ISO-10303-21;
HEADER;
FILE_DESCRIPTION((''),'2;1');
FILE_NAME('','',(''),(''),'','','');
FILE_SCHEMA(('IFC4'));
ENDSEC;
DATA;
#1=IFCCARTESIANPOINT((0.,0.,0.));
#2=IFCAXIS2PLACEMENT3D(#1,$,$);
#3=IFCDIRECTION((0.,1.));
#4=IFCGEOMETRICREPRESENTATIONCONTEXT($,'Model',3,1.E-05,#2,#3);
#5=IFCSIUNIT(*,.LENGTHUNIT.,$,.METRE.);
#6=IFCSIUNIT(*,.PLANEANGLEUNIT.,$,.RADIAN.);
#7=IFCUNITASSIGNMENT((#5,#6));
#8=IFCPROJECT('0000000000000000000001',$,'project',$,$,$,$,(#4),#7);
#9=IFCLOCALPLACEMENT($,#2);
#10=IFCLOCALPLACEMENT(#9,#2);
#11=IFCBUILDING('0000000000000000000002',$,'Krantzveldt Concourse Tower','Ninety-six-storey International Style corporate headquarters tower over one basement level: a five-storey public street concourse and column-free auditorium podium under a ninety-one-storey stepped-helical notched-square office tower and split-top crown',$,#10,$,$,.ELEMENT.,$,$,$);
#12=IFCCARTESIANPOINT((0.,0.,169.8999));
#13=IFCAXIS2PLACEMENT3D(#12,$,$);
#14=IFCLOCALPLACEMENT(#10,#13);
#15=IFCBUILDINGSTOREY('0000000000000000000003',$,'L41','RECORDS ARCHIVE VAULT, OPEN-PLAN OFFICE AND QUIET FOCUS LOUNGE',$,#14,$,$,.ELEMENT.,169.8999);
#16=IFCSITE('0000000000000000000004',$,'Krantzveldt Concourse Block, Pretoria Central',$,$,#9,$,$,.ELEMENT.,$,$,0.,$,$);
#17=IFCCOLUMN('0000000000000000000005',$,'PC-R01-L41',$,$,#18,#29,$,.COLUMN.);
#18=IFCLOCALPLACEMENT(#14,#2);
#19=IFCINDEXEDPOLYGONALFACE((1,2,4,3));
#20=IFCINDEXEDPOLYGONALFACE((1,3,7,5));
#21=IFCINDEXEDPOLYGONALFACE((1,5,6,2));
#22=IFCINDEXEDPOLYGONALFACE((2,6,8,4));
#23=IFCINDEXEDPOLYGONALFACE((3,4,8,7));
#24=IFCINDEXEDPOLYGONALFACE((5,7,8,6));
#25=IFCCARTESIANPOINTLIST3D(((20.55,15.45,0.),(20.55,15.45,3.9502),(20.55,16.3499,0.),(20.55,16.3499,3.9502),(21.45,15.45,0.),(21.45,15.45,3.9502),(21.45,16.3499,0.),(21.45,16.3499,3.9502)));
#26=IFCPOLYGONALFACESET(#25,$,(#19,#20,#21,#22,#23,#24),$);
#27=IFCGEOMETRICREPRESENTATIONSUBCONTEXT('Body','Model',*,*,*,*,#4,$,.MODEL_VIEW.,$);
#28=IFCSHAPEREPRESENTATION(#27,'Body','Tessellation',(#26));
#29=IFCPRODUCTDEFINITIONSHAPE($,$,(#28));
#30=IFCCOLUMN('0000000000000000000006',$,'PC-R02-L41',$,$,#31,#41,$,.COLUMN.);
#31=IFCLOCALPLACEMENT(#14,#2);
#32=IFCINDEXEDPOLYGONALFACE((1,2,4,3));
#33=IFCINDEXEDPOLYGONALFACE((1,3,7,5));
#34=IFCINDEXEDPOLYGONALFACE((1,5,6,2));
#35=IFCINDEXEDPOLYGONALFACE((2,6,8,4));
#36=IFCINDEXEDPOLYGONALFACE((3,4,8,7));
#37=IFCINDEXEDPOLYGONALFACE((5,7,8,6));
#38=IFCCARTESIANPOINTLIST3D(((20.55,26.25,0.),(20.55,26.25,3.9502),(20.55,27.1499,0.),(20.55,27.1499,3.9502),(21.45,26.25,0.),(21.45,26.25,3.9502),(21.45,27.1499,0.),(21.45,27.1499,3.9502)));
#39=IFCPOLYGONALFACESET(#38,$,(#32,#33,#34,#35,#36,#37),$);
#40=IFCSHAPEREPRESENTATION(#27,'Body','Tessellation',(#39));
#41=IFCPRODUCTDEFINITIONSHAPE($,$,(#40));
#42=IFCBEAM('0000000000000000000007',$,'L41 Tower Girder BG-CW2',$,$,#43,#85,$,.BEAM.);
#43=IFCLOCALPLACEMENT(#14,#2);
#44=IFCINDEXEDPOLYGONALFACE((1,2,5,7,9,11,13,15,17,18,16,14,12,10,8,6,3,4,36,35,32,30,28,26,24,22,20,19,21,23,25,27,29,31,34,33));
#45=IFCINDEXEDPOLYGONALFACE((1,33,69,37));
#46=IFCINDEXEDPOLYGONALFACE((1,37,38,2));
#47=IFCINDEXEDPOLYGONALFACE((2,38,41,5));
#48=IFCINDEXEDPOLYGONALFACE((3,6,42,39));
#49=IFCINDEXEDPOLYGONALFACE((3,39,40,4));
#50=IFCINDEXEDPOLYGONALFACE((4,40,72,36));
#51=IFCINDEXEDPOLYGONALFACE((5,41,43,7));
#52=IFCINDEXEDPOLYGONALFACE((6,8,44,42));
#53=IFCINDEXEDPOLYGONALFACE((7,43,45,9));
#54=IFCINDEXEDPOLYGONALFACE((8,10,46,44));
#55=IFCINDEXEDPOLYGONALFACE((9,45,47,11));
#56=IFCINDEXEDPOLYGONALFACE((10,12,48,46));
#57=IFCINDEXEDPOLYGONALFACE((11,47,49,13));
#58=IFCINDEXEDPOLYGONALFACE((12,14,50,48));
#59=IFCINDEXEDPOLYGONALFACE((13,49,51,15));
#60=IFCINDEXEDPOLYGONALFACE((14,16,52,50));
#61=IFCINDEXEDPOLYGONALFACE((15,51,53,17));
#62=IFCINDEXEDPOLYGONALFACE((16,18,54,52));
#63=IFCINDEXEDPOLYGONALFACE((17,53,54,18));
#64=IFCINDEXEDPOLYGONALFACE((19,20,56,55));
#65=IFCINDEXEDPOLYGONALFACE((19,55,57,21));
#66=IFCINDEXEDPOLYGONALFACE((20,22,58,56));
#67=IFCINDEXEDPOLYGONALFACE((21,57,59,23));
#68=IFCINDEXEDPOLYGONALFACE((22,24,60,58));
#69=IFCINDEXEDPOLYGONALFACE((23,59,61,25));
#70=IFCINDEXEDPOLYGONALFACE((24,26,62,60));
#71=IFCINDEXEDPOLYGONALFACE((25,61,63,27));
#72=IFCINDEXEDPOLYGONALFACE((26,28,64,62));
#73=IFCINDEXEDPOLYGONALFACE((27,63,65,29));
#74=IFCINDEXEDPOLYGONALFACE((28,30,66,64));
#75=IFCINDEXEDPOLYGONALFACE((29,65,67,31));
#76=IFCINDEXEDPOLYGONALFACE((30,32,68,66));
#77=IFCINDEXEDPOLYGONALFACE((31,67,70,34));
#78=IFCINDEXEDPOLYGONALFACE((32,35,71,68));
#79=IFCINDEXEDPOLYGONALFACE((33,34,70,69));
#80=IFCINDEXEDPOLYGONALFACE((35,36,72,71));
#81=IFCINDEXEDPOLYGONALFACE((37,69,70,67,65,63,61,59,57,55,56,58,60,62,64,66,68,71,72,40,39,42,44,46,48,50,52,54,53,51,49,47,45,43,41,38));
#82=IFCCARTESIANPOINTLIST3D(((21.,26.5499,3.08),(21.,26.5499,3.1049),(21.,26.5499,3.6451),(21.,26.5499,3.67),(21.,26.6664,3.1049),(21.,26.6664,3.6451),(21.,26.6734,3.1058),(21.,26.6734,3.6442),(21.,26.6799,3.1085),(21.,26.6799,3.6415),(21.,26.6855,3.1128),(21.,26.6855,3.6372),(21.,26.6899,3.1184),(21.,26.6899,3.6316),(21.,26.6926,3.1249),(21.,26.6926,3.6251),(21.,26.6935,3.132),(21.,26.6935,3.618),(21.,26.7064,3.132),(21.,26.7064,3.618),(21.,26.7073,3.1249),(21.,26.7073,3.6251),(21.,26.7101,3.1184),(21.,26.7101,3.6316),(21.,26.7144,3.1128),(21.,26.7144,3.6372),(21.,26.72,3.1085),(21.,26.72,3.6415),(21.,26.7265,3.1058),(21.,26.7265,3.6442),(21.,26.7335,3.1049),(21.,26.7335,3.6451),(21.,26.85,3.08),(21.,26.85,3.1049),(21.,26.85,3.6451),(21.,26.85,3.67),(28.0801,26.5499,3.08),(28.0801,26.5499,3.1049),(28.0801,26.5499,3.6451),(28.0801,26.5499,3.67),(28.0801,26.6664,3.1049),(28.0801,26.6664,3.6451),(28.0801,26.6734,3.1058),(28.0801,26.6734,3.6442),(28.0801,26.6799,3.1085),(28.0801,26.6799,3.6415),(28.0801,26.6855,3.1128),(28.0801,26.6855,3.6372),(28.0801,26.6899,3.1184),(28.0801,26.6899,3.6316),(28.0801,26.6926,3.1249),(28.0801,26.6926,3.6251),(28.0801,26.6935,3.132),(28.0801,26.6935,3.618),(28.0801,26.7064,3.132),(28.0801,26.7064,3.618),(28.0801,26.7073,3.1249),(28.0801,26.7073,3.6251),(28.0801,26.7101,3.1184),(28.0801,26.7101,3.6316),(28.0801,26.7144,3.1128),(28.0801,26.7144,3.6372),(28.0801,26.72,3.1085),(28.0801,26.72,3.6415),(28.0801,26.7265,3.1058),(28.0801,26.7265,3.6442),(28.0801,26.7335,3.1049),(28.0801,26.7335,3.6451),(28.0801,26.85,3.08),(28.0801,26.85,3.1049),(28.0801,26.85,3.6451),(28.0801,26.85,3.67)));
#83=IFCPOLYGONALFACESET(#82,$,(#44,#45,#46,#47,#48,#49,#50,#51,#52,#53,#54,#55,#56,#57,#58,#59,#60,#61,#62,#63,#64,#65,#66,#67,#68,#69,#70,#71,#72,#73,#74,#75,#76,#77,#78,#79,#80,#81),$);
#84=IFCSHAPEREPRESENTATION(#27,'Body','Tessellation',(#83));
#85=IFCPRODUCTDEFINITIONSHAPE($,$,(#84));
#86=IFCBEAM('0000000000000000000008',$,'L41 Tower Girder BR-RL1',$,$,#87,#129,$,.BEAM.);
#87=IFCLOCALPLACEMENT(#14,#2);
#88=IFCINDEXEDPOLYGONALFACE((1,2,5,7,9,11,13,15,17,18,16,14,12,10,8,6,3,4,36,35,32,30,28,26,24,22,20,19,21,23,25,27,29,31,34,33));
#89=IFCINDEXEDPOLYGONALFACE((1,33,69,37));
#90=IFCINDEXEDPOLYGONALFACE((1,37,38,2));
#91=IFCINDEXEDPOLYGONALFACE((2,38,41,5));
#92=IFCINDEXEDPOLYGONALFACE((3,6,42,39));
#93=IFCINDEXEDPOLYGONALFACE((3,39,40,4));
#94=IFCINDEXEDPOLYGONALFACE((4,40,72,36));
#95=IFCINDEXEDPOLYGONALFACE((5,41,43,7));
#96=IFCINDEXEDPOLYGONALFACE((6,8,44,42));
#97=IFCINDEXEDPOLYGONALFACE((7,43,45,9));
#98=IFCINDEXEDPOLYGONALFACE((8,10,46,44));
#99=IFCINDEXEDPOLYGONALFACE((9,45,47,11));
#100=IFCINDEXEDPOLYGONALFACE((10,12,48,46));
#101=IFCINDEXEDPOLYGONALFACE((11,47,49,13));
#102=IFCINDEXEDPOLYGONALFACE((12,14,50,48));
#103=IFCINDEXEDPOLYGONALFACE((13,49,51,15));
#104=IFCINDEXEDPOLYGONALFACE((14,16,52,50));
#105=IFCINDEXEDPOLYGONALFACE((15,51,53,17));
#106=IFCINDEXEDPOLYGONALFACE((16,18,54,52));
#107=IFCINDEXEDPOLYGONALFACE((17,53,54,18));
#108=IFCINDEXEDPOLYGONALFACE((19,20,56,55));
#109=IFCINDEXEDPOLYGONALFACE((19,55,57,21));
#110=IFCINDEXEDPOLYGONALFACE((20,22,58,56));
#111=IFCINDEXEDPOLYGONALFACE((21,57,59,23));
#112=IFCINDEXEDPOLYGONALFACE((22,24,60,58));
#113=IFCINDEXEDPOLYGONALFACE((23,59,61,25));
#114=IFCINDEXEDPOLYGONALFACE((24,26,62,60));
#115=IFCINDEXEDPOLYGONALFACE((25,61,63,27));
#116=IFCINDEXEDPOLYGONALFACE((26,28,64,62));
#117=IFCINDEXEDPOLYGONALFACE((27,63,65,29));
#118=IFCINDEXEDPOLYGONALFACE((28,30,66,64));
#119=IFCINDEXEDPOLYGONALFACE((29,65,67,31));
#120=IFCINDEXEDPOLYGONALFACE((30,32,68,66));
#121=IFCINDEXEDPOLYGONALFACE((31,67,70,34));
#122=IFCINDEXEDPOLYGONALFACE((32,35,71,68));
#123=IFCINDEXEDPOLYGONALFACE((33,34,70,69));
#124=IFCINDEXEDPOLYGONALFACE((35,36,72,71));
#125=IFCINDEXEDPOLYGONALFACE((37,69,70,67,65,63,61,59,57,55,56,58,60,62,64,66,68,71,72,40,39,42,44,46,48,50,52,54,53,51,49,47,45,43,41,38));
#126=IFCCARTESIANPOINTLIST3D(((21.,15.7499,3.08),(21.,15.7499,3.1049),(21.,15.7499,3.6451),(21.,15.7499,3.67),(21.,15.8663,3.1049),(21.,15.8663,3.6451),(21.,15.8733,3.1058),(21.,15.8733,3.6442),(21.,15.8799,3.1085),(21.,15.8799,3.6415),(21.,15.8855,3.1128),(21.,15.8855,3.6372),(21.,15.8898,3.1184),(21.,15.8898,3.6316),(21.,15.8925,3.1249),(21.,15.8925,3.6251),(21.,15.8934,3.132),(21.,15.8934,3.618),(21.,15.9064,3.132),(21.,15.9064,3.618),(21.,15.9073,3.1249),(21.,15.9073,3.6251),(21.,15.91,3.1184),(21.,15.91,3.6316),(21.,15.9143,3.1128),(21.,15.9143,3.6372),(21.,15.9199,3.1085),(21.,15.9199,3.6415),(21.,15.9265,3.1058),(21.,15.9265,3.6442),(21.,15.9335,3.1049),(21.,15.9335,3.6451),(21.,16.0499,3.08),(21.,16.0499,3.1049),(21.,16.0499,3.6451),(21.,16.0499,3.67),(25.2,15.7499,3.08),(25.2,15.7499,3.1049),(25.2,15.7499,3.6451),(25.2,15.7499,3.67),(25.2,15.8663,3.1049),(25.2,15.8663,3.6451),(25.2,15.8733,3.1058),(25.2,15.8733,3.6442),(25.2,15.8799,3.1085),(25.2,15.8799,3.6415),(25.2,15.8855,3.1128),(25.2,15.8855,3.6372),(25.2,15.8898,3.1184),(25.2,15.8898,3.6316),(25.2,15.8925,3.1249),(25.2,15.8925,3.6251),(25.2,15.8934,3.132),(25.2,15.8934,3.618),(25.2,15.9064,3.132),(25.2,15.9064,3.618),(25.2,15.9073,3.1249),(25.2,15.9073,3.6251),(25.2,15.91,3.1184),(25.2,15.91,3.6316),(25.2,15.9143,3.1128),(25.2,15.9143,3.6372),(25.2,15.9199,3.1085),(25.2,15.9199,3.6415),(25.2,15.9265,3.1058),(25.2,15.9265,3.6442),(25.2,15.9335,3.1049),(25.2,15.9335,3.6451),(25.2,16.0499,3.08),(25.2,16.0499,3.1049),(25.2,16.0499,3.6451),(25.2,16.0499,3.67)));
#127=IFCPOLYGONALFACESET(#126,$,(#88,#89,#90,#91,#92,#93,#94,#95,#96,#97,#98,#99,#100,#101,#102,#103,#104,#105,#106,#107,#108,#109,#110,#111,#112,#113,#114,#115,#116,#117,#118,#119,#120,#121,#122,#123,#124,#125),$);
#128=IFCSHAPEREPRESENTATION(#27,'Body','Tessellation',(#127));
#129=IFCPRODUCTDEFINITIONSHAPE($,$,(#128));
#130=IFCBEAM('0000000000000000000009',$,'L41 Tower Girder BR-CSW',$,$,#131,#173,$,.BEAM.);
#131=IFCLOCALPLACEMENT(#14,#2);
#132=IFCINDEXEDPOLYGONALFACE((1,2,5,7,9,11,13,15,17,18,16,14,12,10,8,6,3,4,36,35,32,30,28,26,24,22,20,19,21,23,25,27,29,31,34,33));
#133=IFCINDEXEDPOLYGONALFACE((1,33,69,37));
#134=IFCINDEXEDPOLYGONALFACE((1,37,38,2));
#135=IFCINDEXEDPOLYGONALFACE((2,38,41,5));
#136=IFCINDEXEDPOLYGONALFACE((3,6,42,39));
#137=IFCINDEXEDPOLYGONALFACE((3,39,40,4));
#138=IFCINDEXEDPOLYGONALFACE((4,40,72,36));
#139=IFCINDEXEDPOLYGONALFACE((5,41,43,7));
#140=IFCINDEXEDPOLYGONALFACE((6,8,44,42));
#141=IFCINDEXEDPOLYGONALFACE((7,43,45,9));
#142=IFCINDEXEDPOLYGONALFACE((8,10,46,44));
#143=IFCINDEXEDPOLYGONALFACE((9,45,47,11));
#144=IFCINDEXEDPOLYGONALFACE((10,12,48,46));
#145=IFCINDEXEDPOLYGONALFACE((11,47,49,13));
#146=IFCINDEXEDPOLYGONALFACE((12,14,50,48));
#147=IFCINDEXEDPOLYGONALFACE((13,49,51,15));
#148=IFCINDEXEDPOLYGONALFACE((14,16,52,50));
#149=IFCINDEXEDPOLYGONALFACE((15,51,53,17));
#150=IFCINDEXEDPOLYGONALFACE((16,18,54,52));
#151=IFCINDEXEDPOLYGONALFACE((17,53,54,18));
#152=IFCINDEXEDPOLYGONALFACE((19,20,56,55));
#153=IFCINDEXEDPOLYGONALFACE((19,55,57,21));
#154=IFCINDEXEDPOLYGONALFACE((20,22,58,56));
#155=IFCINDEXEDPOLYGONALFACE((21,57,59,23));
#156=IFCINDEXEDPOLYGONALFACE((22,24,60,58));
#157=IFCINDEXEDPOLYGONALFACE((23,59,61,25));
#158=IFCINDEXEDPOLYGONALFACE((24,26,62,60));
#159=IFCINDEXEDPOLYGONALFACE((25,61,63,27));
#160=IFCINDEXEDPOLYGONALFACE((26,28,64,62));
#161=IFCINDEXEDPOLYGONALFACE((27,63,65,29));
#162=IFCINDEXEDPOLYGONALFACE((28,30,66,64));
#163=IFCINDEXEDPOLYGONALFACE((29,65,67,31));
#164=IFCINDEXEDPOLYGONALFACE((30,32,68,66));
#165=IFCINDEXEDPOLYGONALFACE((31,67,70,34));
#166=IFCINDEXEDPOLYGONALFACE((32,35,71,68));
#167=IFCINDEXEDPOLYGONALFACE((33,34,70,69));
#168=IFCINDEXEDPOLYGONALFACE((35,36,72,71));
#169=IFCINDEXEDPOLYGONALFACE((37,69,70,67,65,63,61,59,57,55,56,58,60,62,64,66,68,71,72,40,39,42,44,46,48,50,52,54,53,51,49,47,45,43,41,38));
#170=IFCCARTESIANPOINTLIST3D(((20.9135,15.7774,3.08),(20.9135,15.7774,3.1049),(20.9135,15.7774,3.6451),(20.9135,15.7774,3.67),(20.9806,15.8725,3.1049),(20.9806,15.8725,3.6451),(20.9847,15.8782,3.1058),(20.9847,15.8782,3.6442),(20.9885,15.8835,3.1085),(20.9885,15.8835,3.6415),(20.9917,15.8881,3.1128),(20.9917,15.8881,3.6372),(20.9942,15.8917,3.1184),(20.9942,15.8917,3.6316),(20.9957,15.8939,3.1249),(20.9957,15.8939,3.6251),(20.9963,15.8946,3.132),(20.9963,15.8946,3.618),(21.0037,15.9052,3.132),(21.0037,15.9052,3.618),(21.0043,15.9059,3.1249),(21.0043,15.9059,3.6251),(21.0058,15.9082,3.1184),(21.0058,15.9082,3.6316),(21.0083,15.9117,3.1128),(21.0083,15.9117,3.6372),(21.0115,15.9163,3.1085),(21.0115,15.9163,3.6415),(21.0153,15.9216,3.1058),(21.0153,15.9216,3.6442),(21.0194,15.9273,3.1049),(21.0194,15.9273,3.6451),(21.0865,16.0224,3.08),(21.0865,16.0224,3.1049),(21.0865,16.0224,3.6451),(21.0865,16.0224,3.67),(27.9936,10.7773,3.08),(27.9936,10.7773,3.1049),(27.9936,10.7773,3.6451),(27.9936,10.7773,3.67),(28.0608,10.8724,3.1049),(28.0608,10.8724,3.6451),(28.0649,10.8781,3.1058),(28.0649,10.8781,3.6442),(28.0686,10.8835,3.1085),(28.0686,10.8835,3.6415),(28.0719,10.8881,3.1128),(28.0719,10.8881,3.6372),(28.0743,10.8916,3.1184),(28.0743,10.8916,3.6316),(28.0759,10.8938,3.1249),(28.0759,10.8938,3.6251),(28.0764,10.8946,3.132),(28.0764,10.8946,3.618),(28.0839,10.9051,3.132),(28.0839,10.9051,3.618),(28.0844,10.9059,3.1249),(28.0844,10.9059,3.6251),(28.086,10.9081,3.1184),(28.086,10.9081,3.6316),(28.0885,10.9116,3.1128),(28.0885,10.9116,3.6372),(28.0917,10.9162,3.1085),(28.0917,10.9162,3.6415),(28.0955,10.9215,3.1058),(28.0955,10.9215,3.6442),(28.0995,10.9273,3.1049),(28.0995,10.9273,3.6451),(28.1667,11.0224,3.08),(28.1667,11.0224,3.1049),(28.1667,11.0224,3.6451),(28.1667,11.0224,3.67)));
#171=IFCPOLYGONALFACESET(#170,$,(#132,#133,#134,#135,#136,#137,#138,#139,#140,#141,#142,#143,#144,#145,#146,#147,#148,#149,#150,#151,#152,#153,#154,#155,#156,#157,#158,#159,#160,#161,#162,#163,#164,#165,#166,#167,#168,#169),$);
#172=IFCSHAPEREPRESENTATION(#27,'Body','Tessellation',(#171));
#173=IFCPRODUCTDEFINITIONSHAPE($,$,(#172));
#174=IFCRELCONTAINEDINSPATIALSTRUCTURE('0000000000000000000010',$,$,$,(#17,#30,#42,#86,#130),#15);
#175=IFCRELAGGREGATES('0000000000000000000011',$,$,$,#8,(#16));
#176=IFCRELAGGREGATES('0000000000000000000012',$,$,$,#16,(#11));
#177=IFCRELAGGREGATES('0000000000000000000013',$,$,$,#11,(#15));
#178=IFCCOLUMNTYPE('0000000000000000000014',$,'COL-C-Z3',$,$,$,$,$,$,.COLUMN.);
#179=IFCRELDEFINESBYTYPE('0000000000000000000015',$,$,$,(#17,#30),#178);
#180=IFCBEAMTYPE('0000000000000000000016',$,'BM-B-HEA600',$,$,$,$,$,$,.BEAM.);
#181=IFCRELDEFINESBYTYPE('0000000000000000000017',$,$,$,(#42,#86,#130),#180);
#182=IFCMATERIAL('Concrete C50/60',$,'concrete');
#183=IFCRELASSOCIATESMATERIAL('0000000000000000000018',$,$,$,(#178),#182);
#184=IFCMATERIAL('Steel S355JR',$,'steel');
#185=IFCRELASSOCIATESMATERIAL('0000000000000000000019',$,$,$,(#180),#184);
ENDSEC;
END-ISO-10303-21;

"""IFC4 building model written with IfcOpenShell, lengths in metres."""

from ifc_helpers import new_model, si_unit, direction, frame, origin, origin_2d, place, context, subcontext, project, spatial, rectangle, i_section, extrude, source, transform, mapped, material, material_profile, profile_set, type_object, type_shapes, element, save


model = new_model("IFC4")

# Units and contexts
model_context = context("Model", 3, precision=1e-05, world=origin(), true_north=direction((0.0, 1.0)))
body_context = subcontext(model_context, "Body", "Model", "MODEL_VIEW")
ifc_project = project(units=[si_unit("LENGTHUNIT", "METRE"), si_unit("PLANEANGLEUNIT", "RADIAN")], contexts=[model_context])

# Site, building, storey
site_placement = place(None, origin())
site = spatial("IfcSite", under=ifc_project, at=site_placement, Name="Krantzveldt Concourse Block, Pretoria Central", CompositionType="ELEMENT", RefElevation=0.0)
building_placement = place(site_placement, origin())
building = spatial("IfcBuilding", under=site, at=building_placement, Name="Krantzveldt Concourse Tower", Description="Ninety-six-storey International Style corporate headquarters tower over one basement level: a five-storey public street concourse and column-free auditorium podium under a ninety-one-storey stepped-helical notched-square office tower and split-top crown", CompositionType="ELEMENT")
storey_placement = place(building_placement, frame((0.0, 0.0, 169.8999)))
storey = spatial("IfcBuildingStorey", under=building, at=storey_placement, Name="L41", Description="RECORDS ARCHIVE VAULT, OPEN-PLAN OFFICE AND QUIET FOCUS LOUNGE", CompositionType="ELEMENT", Elevation=169.8999)

# Columns
ifc_material_1 = material(Name="Concrete C50/60", Category="concrete")
ifc_material_profile_1 = material_profile(ifc_material_1, rectangle(XDim=0.8999, YDim=0.8999, at=origin_2d()), Name="Concrete C50/60", Category="concrete")
ifc_profile_set_1 = profile_set([ifc_material_profile_1], Name="Concrete C50/60 - RC 900x900")
column_type = type_object("IfcColumnType", Name="COL-C-Z3", PredefinedType="COLUMN", material=ifc_profile_set_1)
shared_shape_1 = source(origin(), body_context, "Body", "SweptSolid", [
    extrude(rectangle(XDim=0.8999, YDim=0.8999, at=origin_2d()), origin(), (0.0, 0.0, 1.0), 3.9502),
])
type_shapes(column_type, [shared_shape_1])
for number, where, z_axis, x_axis, name in (
    (1, (21.0, 15.8999, 0.0), (0.0, 0.0, 1.0), (1.0, 0.0, 0.0), "PC-R01-L41"),
    (2, (21.0, 26.7, 0.0), (0.0, 0.0, 1.0), (1.0, 0.0, 0.0), "PC-R02-L41"),
):
    element("IfcColumn", number, at=place(storey_placement, frame(where, z_axis=z_axis, x_axis=x_axis)), inside=storey, type_object=column_type, Name=name, PredefinedType="COLUMN", context=body_context, shape_type="MappedRepresentation", body=[
        mapped(shared_shape_1, transform((0.0, 0.0, 0.0), x_axis=(1.0, 0.0, 0.0), y_axis=(0.0, 1.0, 0.0), z_axis=(0.0, 0.0, 1.0), scale=1.0)),
    ])

# Beams
ifc_material_2 = material(Name="Steel S355JR", Category="steel")
ifc_material_profile_2 = material_profile(ifc_material_2, i_section(OverallWidth=0.3, OverallDepth=0.5901, WebThickness=0.0129, FlangeThickness=0.0249, FilletRadius=0.0271, at=origin_2d()), Name="Steel S355JR", Category="steel")
ifc_profile_set_2 = profile_set([ifc_material_profile_2], Name="Steel S355JR - HEA 600")
beam_type_1 = type_object("IfcBeamType", Name="BM-B-HEA600", PredefinedType="BEAM", material=ifc_profile_set_2)
shared_shape_2 = source(origin(), body_context, "Body", "SweptSolid", [
    extrude(i_section(OverallWidth=0.3, OverallDepth=0.5901, WebThickness=0.0129, FlangeThickness=0.0249, FilletRadius=0.0271, at=origin_2d()), origin(), (0.0, 0.0, 1.0), 7.0801),
])
beam_1_placement = place(storey_placement, frame((21.0, 26.7, 3.375), z_axis=(1.0, 0.0, 0.0), x_axis=(0.0, 1.0, 0.0)))
element("IfcBeam", 3, at=beam_1_placement, inside=storey, type_object=beam_type_1, Name="L41 Tower Girder BG-CW2", PredefinedType="BEAM", context=body_context, shape_type="MappedRepresentation", body=[
    mapped(shared_shape_2, transform((0.0, 0.0, 0.0), x_axis=(1.0, 0.0, 0.0), y_axis=(0.0, 1.0, 0.0), z_axis=(0.0, 0.0, 1.0), scale=1.0)),
])
shared_shape_3 = source(origin(), body_context, "Body", "SweptSolid", [
    extrude(i_section(OverallWidth=0.3, OverallDepth=0.5901, WebThickness=0.0129, FlangeThickness=0.0249, FilletRadius=0.0271, at=origin_2d()), origin(), (0.0, 0.0, 1.0), 4.2),
])
beam_2_placement = place(storey_placement, frame((21.0, 15.8999, 3.375), z_axis=(1.0, 0.0, 0.0), x_axis=(0.0, 1.0, 0.0)))
element("IfcBeam", 4, at=beam_2_placement, inside=storey, type_object=beam_type_1, Name="L41 Tower Girder BR-RL1", PredefinedType="BEAM", context=body_context, shape_type="MappedRepresentation", body=[
    mapped(shared_shape_3, transform((0.0, 0.0, 0.0), x_axis=(1.0, 0.0, 0.0), y_axis=(0.0, 1.0, 0.0), z_axis=(0.0, 0.0, 1.0), scale=1.0)),
])
shared_shape_4 = source(origin(), body_context, "Body", "SweptSolid", [
    extrude(i_section(OverallWidth=0.3, OverallDepth=0.5901, WebThickness=0.0129, FlangeThickness=0.0249, FilletRadius=0.0271, at=origin_2d()), origin(), (0.0, 0.0, 1.0), 8.6677),
])
type_shapes(beam_type_1, [shared_shape_2, shared_shape_3, shared_shape_4])
beam_3_placement = place(storey_placement, frame((21.0, 15.8999, 3.375), z_axis=(0.816843, -0.57686, 0.0), x_axis=(0.57686, 0.816843, 0.0)))
element("IfcBeam", 5, at=beam_3_placement, inside=storey, type_object=beam_type_1, Name="L41 Tower Girder BR-CSW", PredefinedType="BEAM", context=body_context, shape_type="MappedRepresentation", body=[
    mapped(shared_shape_4, transform((0.0, 0.0, 0.0), x_axis=(1.0, 0.0, 0.0), y_axis=(0.0, 1.0, 0.0), z_axis=(0.0, 0.0, 1.0), scale=1.0)),
])

save(model, "model.ifc")
